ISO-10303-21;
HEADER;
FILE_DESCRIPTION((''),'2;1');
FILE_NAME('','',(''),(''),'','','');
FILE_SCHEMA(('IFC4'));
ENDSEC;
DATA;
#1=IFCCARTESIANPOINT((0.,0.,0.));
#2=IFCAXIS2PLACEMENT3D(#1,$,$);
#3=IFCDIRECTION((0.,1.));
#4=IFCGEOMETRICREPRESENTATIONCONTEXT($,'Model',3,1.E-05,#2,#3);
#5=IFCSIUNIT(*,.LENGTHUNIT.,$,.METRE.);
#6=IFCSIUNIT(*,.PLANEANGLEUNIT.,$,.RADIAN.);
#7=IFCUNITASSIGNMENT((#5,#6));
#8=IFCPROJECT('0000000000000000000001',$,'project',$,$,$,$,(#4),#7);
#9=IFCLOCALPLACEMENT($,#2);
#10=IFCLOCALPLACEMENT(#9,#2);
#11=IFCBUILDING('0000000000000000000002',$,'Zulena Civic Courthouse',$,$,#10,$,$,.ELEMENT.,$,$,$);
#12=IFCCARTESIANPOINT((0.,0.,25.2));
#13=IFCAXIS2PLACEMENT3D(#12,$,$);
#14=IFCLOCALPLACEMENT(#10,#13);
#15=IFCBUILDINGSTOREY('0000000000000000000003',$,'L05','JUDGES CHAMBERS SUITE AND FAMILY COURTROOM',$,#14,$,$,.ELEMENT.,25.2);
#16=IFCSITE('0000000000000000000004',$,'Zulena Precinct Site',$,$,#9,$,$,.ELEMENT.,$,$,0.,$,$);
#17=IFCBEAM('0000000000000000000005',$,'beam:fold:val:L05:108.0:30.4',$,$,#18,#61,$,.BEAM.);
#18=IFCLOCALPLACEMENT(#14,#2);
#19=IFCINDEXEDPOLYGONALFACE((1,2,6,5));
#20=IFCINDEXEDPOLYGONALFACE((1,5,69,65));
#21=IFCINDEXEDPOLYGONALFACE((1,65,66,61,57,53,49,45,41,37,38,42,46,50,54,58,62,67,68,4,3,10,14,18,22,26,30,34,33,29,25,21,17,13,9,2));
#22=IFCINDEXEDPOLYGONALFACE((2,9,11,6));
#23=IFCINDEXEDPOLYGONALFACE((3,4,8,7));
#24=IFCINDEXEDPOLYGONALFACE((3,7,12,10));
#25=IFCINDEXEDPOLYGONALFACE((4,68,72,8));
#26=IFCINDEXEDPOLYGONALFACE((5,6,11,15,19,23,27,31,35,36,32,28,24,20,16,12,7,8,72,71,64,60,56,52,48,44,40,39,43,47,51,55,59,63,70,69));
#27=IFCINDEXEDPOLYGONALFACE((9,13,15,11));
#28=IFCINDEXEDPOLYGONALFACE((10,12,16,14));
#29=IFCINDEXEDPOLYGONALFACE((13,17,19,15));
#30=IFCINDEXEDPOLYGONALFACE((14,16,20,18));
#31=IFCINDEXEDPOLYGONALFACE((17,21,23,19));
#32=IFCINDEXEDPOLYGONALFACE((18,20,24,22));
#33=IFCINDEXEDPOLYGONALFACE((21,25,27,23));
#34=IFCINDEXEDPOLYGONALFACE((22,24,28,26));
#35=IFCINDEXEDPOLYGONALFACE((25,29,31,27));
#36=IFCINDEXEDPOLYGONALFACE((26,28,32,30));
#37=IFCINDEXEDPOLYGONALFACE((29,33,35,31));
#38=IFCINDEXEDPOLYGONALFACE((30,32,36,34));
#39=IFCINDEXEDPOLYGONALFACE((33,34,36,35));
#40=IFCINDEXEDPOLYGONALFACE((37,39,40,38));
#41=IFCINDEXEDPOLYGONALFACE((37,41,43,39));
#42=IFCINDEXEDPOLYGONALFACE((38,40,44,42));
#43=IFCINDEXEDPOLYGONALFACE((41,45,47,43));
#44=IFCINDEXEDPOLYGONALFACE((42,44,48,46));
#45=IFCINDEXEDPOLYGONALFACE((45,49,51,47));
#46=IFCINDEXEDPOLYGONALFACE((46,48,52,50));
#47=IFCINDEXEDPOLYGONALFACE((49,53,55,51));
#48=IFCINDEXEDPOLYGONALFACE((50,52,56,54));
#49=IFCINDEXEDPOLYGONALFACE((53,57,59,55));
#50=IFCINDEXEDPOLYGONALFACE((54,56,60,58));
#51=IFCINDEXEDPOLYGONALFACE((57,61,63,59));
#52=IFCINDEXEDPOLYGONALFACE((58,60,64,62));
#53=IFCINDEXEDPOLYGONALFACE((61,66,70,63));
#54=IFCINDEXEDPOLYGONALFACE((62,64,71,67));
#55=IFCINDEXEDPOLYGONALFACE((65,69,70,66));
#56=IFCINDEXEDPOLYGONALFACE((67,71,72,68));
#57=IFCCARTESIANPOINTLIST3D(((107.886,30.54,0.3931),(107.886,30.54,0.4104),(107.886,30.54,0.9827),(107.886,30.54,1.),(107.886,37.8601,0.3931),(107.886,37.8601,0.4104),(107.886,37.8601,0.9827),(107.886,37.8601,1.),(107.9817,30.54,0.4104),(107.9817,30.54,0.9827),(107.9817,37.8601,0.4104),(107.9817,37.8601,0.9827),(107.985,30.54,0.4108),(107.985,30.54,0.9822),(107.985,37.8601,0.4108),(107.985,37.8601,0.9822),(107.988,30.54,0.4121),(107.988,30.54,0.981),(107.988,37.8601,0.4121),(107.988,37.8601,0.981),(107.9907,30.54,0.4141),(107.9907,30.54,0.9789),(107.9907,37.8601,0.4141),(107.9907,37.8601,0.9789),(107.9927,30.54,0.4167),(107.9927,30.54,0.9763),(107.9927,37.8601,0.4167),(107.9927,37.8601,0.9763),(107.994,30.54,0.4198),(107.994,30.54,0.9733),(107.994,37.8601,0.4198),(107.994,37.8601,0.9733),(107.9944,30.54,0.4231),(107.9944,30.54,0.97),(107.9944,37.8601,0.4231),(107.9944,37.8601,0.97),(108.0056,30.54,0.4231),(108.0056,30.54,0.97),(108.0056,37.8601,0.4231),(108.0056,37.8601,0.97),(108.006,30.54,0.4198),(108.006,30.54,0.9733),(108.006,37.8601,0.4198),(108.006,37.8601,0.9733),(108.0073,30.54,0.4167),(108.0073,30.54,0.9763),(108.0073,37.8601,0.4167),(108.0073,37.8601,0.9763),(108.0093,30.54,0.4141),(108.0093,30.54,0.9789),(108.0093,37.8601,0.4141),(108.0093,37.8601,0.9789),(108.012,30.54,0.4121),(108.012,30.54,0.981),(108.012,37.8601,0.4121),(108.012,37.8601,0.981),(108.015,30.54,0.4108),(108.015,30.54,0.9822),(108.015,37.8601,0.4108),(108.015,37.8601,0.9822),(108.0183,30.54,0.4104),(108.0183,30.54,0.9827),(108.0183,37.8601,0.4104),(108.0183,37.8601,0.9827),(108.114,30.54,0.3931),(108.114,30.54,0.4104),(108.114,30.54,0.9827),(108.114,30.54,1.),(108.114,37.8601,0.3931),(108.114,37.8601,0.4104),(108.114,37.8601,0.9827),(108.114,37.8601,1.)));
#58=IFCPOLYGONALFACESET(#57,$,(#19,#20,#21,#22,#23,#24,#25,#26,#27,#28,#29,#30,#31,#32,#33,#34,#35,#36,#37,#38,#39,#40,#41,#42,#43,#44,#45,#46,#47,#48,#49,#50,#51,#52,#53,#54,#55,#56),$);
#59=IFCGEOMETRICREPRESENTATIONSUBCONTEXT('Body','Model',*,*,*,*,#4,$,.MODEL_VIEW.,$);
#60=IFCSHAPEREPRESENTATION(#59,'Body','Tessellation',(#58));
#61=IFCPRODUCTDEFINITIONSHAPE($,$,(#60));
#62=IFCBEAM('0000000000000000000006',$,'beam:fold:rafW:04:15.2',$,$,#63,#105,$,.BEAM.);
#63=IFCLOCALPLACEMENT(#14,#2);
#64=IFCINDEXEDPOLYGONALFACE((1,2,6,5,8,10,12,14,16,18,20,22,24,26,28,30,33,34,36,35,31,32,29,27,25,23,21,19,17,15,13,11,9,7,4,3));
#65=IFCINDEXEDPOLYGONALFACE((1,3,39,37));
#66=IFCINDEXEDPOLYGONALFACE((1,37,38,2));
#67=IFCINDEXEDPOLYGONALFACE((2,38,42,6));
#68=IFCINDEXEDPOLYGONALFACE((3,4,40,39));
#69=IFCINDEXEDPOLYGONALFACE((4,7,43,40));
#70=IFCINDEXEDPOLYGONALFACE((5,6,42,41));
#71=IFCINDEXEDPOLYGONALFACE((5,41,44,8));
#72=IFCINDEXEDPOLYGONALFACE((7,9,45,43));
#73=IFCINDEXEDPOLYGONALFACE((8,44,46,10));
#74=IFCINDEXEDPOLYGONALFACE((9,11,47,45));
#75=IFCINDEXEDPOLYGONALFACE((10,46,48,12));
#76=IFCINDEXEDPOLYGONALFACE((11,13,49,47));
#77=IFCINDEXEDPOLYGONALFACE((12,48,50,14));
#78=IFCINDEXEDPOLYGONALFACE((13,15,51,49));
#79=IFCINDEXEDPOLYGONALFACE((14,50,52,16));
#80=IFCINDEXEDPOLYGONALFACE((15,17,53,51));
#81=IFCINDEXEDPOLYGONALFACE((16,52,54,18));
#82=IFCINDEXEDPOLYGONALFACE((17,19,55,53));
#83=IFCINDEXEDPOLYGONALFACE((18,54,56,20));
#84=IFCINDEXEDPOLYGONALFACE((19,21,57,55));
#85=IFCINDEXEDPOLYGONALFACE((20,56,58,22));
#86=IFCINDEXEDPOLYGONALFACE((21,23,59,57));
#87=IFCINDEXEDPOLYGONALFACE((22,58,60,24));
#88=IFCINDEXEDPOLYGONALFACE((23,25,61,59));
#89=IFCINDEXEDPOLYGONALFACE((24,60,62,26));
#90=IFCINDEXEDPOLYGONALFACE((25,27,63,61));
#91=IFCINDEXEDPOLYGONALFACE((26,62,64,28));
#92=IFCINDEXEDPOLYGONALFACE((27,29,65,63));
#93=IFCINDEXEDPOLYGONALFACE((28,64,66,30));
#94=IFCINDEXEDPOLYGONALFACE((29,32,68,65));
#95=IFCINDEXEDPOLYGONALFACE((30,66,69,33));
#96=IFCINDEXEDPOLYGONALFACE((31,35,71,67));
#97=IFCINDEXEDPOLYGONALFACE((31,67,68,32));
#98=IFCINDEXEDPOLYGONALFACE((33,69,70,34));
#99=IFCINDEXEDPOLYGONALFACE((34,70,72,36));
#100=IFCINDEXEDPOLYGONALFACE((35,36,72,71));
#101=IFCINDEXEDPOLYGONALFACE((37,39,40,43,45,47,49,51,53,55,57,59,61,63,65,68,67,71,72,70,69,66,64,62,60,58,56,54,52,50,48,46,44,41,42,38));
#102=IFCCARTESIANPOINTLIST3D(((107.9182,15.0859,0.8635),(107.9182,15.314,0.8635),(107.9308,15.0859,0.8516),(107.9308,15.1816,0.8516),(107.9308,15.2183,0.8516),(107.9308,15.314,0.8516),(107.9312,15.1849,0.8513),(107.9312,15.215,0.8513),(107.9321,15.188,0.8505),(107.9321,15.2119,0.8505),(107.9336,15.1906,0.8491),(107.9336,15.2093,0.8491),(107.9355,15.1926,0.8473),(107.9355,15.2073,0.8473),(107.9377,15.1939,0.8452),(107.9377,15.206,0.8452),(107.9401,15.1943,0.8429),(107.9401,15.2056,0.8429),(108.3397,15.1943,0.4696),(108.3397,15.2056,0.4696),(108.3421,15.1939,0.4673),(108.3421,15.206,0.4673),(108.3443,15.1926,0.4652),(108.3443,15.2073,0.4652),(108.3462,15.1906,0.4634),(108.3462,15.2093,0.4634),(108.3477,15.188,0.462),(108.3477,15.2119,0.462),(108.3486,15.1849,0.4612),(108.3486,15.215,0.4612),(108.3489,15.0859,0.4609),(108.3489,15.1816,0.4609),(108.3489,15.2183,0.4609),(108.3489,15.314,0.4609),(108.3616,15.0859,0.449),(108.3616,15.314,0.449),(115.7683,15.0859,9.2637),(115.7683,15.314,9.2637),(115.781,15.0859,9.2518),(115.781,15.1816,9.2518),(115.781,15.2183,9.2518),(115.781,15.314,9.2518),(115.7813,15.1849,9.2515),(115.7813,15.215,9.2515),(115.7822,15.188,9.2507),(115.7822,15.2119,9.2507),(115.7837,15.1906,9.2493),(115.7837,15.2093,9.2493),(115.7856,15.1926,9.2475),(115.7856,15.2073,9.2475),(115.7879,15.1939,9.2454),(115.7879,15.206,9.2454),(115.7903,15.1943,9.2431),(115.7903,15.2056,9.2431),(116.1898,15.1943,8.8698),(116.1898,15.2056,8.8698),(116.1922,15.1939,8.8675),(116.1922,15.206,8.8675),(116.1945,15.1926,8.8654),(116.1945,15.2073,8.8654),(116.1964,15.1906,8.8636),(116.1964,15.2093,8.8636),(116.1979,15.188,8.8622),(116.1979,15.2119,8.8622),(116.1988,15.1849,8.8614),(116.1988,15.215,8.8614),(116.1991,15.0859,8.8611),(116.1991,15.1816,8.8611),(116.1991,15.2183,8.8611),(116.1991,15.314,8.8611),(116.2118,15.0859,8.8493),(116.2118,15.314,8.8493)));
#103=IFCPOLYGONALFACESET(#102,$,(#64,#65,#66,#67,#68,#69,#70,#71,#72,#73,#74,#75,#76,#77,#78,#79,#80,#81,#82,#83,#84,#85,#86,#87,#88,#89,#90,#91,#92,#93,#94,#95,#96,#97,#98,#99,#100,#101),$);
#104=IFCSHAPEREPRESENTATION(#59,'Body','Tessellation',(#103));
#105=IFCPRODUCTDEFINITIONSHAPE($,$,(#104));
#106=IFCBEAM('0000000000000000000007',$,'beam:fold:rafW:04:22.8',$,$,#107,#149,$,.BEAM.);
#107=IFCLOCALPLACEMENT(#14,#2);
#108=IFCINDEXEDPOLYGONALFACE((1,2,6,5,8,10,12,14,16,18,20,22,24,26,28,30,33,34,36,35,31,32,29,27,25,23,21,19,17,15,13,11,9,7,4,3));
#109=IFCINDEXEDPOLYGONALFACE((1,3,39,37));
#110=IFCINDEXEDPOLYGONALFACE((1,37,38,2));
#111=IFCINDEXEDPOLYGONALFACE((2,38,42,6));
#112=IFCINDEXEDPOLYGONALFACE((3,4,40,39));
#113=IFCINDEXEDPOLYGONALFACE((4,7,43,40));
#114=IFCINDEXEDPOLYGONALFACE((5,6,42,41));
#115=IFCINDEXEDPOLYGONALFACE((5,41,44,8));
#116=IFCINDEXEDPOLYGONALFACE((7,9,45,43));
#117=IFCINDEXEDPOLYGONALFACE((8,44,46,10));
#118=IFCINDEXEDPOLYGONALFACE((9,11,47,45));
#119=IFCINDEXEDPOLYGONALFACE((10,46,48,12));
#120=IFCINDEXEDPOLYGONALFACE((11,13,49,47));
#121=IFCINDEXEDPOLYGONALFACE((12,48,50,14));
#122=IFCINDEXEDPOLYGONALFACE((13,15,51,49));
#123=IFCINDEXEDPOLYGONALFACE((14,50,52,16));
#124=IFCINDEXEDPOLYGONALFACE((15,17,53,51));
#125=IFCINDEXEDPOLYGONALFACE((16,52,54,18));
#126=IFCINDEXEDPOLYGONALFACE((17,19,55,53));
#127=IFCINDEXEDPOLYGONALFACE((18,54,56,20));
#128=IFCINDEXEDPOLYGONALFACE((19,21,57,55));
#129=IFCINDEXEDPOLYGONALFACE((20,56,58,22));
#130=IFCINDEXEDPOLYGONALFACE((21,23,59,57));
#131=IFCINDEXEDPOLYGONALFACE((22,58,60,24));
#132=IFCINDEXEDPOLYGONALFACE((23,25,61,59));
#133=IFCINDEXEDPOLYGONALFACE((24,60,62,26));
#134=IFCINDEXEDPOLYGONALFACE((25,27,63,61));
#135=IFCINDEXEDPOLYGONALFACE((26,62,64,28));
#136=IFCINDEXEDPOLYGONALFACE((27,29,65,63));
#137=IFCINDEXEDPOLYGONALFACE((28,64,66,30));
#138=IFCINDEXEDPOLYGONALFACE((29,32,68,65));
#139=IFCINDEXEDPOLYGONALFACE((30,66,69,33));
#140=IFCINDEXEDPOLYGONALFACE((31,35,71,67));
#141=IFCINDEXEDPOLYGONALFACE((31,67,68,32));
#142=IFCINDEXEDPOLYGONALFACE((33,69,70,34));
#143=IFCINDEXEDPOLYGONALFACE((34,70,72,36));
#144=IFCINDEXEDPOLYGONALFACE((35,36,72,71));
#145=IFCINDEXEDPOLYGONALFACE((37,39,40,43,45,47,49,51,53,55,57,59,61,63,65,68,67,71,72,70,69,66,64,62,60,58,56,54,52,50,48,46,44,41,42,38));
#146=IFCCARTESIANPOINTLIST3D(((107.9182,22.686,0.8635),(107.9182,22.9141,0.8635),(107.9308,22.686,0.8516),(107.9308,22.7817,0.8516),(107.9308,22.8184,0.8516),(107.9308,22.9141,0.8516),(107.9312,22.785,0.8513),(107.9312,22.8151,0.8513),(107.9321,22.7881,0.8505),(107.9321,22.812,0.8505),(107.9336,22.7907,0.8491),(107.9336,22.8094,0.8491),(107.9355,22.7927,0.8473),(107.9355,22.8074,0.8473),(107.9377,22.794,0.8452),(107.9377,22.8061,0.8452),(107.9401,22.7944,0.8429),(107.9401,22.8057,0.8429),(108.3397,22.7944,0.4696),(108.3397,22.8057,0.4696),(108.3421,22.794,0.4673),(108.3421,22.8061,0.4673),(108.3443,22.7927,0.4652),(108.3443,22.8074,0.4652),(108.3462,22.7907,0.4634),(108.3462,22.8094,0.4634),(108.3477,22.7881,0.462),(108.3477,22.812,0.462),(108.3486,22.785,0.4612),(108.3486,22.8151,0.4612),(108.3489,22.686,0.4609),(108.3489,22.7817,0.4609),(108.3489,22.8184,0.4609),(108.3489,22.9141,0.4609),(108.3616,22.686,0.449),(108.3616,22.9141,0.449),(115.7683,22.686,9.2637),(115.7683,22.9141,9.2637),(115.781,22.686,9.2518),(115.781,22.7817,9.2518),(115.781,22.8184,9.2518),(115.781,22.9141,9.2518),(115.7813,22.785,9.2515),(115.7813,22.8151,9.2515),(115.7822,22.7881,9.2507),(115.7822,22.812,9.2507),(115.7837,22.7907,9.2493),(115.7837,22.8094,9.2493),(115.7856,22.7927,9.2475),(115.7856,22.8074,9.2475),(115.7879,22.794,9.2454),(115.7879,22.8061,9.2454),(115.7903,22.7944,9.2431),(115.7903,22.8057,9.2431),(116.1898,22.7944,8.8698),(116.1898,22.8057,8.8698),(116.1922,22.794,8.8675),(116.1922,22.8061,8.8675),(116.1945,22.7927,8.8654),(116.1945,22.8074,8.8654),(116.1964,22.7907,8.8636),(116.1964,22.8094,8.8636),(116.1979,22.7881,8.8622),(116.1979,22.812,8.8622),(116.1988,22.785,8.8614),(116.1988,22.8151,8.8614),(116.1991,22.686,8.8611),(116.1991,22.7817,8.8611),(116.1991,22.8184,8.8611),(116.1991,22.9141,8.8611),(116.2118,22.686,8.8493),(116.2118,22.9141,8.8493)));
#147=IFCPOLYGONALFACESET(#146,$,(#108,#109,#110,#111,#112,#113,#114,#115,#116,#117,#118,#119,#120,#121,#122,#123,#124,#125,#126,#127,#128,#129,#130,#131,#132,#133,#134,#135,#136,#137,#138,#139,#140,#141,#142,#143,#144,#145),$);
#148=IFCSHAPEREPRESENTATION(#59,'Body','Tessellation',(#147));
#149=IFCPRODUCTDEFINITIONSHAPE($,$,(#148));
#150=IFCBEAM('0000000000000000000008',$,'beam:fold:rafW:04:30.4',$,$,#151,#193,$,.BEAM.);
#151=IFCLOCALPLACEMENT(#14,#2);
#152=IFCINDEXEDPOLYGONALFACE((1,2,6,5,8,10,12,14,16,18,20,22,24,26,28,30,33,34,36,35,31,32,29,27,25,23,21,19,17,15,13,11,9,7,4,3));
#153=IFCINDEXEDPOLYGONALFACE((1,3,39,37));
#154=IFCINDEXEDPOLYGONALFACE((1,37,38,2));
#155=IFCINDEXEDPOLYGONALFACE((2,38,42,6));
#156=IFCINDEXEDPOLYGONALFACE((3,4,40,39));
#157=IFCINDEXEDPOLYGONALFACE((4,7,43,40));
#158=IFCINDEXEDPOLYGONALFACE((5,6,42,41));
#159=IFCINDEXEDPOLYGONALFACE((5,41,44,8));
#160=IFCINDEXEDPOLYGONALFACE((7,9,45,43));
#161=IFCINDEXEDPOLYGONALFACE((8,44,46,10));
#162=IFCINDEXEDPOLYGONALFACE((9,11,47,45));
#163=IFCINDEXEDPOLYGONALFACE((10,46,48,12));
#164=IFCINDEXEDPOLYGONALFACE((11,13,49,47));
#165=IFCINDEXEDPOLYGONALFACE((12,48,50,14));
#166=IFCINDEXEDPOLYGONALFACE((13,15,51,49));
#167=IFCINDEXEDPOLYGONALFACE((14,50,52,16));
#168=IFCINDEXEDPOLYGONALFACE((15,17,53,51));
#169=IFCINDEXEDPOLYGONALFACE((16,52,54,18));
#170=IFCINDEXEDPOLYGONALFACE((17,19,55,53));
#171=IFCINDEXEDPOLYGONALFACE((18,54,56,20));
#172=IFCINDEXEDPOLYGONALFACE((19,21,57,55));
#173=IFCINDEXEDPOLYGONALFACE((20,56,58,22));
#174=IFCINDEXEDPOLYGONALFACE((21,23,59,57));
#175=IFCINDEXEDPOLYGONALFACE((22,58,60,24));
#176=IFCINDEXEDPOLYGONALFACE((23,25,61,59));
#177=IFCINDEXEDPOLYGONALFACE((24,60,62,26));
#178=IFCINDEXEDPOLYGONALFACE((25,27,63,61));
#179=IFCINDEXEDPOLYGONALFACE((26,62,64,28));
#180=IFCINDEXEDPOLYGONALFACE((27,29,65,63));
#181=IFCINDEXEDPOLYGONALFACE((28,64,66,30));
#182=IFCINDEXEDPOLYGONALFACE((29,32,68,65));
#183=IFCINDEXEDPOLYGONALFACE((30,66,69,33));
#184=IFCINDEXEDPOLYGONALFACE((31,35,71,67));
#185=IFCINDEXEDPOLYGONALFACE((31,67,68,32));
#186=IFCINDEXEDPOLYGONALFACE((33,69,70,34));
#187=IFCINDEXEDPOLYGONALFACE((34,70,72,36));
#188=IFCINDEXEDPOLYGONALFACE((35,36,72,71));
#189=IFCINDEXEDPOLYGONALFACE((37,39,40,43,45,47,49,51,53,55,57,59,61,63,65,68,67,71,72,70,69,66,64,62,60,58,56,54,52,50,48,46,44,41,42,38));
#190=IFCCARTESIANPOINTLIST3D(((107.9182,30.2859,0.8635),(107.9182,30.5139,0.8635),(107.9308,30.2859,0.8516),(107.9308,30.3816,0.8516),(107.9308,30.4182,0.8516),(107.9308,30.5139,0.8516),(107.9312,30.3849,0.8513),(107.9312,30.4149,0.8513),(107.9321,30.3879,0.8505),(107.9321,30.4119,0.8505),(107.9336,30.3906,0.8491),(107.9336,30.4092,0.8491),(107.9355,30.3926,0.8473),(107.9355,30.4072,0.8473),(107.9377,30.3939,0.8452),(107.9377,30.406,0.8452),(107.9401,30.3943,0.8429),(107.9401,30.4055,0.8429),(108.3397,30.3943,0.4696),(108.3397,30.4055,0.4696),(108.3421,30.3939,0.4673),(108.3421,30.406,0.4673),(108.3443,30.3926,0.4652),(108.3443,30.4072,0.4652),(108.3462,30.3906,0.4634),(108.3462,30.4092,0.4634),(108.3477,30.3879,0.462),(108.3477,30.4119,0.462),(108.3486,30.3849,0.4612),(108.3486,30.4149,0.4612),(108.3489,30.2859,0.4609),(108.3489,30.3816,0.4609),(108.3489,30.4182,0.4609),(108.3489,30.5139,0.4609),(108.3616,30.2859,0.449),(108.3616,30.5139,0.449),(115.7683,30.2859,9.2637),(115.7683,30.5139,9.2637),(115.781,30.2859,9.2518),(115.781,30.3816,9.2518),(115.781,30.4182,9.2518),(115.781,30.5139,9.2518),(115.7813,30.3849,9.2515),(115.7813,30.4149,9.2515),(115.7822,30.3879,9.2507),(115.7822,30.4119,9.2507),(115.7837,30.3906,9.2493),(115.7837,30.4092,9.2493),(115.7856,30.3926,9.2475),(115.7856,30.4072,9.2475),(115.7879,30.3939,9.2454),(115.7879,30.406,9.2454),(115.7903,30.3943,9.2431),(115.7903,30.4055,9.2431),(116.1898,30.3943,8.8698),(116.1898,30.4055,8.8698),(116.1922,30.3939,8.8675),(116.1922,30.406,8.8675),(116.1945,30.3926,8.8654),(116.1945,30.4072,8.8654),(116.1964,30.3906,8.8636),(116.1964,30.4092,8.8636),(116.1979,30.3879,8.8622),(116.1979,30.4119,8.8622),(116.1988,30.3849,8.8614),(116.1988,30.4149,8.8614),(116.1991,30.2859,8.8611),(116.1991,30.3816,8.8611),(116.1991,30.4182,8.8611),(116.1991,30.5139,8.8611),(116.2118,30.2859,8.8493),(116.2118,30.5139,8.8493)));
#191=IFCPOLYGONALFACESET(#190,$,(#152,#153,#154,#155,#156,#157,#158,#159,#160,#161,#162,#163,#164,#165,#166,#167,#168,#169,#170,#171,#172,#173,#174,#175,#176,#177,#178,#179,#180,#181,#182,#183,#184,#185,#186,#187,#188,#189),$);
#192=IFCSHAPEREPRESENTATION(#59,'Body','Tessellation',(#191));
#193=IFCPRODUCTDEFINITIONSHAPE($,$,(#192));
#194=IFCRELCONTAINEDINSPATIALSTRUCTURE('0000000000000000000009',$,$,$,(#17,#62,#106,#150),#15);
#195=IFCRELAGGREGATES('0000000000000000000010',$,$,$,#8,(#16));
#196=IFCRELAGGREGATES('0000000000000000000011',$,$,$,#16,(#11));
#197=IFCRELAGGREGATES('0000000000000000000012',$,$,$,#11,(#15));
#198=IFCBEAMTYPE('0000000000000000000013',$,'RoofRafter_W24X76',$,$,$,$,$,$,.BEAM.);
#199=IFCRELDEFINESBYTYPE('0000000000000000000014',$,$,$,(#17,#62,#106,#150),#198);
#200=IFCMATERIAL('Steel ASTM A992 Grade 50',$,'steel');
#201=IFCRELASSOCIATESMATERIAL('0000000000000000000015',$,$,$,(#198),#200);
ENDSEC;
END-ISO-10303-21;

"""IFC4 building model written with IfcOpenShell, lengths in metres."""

from ifc_helpers import new_model, si_unit, direction, frame, origin, origin_2d, place, context, subcontext, project, spatial, i_section, extrude, material, material_profile, profile_set, type_object, element, save


model = new_model("IFC4")

# Units and contexts
model_context = context("Model", 3, precision=1e-05, world=origin(), true_north=direction((0.0, 1.0)))
body_context = subcontext(model_context, "Body", "Model", "MODEL_VIEW")
ifc_project = project(units=[si_unit("LENGTHUNIT", "METRE"), si_unit("PLANEANGLEUNIT", "RADIAN")], contexts=[model_context])

# Site, building, storey
site_placement = place(None, origin())
site = spatial("IfcSite", under=ifc_project, at=site_placement, Name="Zulena Precinct Site", CompositionType="ELEMENT", RefElevation=0.0)
building_placement = place(site_placement, origin())
building = spatial("IfcBuilding", under=site, at=building_placement, Name="Zulena Civic Courthouse", CompositionType="ELEMENT")
storey_placement = place(building_placement, frame((0.0, 0.0, 25.2)))
storey = spatial("IfcBuildingStorey", under=building, at=storey_placement, Name="L05", Description="JUDGES CHAMBERS SUITE AND FAMILY COURTROOM", CompositionType="ELEMENT", Elevation=25.2)

# Shared definitions
ifc_material_1 = material(Name="Steel ASTM A992 Grade 50", Category="steel")

# Beams
ifc_material_profile_1 = material_profile(ifc_material_1, i_section(OverallWidth=0.228, OverallDepth=0.6069, WebThickness=0.0112, FlangeThickness=0.0173, FilletRadius=0.0127, at=origin_2d()), Name="W24X76")
ifc_profile_set_1 = profile_set([ifc_material_profile_1], Name="Steel ASTM A992 Grade 50")
beam_type = type_object("IfcBeamType", Name="RoofRafter_W24X76", PredefinedType="BEAM", material=ifc_profile_set_1)
for number, where, z_axis, x_axis, name in (
    (1, (108.0, 30.54, 0.6965), (0.0, 1.0, 0.0), (-1.0, 0.0, 0.0), "beam:fold:val:L05:108.0:30.4"),
):
    element("IfcBeam", number, at=place(storey_placement, frame(where, z_axis=z_axis, x_axis=x_axis)), inside=storey, type_object=beam_type, Name=name, PredefinedType="BEAM", context=body_context, shape_type="SweptSolid", body=[
        extrude(i_section(OverallWidth=0.228, OverallDepth=0.6069, WebThickness=0.0112, FlangeThickness=0.0173, FilletRadius=0.0127, at=origin_2d()), origin(), (0.0, 0.0, 1.0), 7.3201),
    ])
for number, where, z_axis, x_axis, name in (
    (2, (108.1399, 15.2, 0.6562), (0.682781, 0.0, 0.730623), (0.0, 1.0, 0.0), "beam:fold:rafW:04:15.2"),
    (3, (108.1399, 22.8, 0.6562), (0.682781, 0.0, 0.730623), (0.0, 1.0, 0.0), "beam:fold:rafW:04:22.8"),
    (4, (108.1399, 30.3999, 0.6562), (0.682781, 0.0, 0.730623), (0.0, 1.0, 0.0), "beam:fold:rafW:04:30.4"),
):
    element("IfcBeam", number, at=place(storey_placement, frame(where, z_axis=z_axis, x_axis=x_axis)), inside=storey, type_object=beam_type, Name=name, PredefinedType="BEAM", context=body_context, shape_type="SweptSolid", body=[
        extrude(i_section(OverallWidth=0.228, OverallDepth=0.6069, WebThickness=0.0112, FlangeThickness=0.0173, FilletRadius=0.0127, at=origin_2d()), origin(), (0.0, 0.0, 1.0), 11.4973),
    ])

save(model, "model.ifc")
